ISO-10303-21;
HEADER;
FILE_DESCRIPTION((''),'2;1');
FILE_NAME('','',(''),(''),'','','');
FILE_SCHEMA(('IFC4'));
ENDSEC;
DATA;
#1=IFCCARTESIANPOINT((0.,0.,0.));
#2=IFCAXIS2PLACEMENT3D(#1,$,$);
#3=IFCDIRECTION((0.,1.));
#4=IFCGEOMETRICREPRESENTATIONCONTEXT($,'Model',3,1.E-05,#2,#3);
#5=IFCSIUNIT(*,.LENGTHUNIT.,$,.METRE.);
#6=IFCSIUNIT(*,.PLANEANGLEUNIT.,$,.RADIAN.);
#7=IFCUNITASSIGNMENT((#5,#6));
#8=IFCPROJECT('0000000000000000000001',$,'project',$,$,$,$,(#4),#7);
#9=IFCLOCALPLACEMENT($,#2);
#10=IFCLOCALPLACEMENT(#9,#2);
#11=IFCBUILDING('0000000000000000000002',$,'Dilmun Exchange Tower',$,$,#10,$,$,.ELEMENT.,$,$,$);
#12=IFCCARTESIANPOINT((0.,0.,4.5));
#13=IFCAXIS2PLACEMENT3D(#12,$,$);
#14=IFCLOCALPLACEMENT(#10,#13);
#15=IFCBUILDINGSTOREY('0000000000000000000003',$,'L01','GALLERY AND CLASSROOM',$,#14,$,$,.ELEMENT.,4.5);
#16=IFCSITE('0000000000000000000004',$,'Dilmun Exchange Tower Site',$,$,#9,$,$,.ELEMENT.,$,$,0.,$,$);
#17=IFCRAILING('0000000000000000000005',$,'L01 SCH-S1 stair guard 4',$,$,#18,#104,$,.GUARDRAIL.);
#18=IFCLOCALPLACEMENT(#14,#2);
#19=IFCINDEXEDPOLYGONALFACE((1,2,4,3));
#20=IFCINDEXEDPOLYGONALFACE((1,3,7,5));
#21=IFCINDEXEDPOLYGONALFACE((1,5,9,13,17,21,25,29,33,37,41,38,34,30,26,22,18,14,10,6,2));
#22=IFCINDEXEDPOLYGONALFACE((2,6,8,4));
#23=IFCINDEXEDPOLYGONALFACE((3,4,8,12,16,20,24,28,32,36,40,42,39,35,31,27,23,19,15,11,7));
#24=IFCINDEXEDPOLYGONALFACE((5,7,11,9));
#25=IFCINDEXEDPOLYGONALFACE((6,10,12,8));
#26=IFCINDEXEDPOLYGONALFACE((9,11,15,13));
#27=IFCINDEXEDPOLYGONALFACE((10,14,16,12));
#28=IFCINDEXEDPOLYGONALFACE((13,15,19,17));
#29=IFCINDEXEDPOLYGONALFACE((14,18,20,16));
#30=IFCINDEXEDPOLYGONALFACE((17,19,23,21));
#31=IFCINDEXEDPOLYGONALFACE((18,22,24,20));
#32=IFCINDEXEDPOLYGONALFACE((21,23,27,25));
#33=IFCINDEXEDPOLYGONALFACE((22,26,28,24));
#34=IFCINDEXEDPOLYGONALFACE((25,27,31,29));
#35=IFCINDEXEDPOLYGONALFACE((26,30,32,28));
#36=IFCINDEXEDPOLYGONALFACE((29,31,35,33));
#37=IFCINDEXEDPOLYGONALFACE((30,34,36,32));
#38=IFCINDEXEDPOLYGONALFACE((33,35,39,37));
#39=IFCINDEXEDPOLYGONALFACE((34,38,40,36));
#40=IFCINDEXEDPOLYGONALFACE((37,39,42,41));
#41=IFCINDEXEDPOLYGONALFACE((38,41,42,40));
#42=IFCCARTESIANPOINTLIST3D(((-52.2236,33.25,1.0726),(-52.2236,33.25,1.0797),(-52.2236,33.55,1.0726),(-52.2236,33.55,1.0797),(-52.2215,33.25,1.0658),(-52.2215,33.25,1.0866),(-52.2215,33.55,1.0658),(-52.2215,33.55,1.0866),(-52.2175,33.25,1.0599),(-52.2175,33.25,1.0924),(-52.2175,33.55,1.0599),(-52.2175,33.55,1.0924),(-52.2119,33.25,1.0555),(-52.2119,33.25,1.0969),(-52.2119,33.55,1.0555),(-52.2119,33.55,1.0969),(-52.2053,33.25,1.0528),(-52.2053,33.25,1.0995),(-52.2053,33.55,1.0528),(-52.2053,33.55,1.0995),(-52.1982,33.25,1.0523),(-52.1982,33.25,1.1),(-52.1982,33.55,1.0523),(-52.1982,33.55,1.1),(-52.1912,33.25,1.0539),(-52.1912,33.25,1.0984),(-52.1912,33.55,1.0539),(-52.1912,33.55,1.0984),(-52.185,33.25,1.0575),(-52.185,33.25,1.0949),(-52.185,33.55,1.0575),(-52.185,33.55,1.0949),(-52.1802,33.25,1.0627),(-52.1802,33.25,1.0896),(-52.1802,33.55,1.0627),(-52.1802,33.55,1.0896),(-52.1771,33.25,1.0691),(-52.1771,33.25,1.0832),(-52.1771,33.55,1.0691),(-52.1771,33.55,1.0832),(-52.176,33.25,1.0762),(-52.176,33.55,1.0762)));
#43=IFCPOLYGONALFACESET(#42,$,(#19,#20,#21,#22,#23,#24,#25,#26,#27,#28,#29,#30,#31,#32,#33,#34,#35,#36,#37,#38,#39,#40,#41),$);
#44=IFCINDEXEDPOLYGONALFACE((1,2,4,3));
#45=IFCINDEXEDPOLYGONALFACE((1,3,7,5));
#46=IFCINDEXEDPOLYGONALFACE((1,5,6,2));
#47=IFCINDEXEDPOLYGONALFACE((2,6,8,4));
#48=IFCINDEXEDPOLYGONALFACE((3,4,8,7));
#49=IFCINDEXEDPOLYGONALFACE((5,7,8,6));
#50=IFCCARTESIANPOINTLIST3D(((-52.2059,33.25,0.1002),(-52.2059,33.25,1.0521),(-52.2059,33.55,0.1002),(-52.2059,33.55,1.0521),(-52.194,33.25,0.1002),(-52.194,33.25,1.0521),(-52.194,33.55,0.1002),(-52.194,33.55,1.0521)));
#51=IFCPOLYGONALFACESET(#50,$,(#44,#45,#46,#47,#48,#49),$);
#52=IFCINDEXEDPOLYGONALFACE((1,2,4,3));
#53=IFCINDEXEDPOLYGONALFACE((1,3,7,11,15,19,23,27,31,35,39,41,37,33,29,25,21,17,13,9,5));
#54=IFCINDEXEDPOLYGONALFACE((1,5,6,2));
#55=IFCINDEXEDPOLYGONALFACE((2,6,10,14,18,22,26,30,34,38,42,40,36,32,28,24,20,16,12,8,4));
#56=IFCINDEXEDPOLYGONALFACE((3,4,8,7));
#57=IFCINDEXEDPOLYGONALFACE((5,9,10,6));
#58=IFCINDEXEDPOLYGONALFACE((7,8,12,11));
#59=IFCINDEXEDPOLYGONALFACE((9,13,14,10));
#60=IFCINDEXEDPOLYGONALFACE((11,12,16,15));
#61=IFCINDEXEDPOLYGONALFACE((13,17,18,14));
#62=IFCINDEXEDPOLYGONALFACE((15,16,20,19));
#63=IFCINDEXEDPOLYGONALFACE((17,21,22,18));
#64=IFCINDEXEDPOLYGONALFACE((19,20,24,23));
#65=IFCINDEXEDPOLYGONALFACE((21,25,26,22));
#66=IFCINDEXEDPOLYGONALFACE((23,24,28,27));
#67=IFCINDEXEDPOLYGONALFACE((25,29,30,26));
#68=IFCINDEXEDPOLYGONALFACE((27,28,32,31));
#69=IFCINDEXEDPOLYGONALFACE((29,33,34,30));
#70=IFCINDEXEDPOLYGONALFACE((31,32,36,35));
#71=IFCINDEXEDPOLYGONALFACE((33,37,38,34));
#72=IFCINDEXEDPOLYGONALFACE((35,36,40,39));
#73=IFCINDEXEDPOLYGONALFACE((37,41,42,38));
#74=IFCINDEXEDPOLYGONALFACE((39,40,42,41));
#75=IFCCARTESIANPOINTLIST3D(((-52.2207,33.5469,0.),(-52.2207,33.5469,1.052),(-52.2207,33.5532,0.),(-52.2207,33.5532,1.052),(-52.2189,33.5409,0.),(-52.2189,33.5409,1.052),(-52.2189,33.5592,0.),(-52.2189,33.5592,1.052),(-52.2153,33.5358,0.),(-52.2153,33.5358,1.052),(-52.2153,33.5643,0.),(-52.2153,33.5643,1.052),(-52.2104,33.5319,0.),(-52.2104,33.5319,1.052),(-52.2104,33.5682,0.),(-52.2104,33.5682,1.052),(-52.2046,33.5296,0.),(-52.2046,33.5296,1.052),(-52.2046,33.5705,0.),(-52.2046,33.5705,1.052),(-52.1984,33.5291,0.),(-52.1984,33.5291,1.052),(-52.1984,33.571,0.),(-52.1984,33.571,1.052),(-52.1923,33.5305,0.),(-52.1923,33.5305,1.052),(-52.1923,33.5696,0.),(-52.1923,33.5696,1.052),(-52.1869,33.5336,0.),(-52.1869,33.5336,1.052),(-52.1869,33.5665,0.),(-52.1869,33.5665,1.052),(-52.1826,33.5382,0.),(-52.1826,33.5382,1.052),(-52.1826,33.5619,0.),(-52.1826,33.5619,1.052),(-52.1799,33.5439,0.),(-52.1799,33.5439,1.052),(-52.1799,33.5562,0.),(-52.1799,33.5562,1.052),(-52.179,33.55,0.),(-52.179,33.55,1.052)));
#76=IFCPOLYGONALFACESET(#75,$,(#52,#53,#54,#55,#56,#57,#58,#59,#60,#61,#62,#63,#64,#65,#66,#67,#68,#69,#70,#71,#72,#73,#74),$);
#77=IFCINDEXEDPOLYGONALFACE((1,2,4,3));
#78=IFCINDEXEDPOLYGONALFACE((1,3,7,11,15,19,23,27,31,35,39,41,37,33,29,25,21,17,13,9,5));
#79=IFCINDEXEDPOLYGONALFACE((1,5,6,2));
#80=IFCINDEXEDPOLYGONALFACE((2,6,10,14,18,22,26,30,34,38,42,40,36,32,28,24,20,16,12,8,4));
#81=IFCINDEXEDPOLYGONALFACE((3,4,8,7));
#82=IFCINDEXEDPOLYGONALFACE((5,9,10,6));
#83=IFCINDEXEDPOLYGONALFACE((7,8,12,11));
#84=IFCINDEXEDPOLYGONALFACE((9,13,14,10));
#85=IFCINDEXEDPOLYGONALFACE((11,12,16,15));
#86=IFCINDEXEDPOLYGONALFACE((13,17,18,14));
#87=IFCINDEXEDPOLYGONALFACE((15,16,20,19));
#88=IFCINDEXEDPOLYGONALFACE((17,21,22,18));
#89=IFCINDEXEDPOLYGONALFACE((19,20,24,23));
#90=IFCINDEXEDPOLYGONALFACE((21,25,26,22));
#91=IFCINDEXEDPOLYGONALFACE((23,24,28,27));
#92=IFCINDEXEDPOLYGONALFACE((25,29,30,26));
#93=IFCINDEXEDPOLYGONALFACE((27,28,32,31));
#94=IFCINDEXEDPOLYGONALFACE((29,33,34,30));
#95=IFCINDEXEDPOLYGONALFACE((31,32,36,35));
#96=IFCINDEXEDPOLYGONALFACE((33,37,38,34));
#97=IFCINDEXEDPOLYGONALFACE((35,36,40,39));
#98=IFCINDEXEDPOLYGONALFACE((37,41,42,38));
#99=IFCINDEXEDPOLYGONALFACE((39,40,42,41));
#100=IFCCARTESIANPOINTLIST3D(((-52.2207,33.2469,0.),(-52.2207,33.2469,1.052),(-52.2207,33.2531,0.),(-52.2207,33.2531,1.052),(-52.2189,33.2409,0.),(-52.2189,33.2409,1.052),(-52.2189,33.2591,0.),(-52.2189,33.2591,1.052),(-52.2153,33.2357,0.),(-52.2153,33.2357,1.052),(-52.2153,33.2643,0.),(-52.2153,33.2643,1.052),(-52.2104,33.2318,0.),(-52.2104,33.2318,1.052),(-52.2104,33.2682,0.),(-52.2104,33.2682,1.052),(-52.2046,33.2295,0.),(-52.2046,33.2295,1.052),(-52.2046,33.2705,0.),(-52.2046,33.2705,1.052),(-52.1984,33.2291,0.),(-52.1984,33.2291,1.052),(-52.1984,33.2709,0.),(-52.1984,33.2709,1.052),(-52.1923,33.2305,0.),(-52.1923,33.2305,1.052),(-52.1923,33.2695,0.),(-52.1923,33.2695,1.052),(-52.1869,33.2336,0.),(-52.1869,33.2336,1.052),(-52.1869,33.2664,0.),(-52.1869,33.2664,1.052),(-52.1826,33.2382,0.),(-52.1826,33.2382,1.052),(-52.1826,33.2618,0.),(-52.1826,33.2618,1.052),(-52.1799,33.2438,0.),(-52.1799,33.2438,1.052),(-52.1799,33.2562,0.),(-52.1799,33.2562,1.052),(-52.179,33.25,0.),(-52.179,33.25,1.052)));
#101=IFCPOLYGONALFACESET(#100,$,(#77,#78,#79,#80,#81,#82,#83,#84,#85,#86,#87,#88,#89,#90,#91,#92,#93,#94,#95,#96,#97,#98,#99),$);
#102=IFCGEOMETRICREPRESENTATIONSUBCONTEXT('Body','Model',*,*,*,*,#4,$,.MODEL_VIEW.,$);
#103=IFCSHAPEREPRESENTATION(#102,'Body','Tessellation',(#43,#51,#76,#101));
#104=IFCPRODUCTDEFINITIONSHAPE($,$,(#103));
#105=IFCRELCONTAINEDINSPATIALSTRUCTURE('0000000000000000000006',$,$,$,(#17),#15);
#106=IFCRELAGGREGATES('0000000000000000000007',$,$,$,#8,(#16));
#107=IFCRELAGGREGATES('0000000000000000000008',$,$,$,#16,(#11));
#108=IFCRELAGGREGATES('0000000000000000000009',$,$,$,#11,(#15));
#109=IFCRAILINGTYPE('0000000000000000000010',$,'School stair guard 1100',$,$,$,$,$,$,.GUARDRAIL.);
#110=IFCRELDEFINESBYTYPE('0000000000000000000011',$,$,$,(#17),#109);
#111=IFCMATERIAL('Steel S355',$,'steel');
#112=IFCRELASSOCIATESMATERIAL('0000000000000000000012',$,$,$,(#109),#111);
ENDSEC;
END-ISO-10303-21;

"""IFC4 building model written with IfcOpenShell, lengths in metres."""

from ifc_helpers import new_model, si_unit, direction, frame, origin, origin_2d, place, context, subcontext, project, spatial, rectangle, circle, extrude, material, type_object, element, save


model = new_model("IFC4")

# Units and contexts
model_context = context("Model", 3, precision=1e-05, world=origin(), true_north=direction((0.0, 1.0)))
body_context = subcontext(model_context, "Body", "Model", "MODEL_VIEW")
ifc_project = project(units=[si_unit("LENGTHUNIT", "METRE"), si_unit("PLANEANGLEUNIT", "RADIAN")], contexts=[model_context])

# Site, building, storey
site_placement = place(None, origin())
site = spatial("IfcSite", under=ifc_project, at=site_placement, Name="Dilmun Exchange Tower Site", CompositionType="ELEMENT", RefElevation=0.0)
building_placement = place(site_placement, origin())
building = spatial("IfcBuilding", under=site, at=building_placement, Name="Dilmun Exchange Tower", CompositionType="ELEMENT")
storey_placement = place(building_placement, frame((0.0, 0.0, 4.5)))
storey = spatial("IfcBuildingStorey", under=building, at=storey_placement, Name="L01", Description="GALLERY AND CLASSROOM", CompositionType="ELEMENT", Elevation=4.5)

# Railing
ifc_material_1 = material(Name="Steel S355", Category="steel")
railing_type_1 = type_object("IfcRailingType", Name="School stair guard 1100", PredefinedType="GUARDRAIL", material=ifc_material_1)
railing_1_placement = place(storey_placement, frame((-52.2, 33.55, 0.0)))
element("IfcRailing", 1, at=railing_1_placement, inside=storey, type_object=railing_type_1, Name="L01 SCH-S1 stair guard 4", PredefinedType="GUARDRAIL", context=body_context, shape_type="SweptSolid", body=[
    extrude(circle(Radius=0.0239, at=origin_2d()), frame((0.0, 0.0, 1.0762), z_axis=(0.0, -1.0, 0.0), x_axis=(1.0, 0.0, 0.0)), (0.0, 0.0, 1.0), 0.3),
    extrude(rectangle(XDim=0.012, YDim=0.9519, at=origin_2d()), frame((0.0, 0.0, 0.5762), z_axis=(0.0, -1.0, 0.0), x_axis=(1.0, 0.0, 0.0)), (0.0, 0.0, 1.0), 0.3),
    extrude(circle(Radius=0.021, at=origin_2d()), origin(), (0.0, 0.0, 1.0), 1.052),
    extrude(circle(Radius=0.021, at=origin_2d()), frame((0.0, -0.3, 0.0)), (0.0, 0.0, 1.0), 1.052),
])

save(model, "model.ifc")
